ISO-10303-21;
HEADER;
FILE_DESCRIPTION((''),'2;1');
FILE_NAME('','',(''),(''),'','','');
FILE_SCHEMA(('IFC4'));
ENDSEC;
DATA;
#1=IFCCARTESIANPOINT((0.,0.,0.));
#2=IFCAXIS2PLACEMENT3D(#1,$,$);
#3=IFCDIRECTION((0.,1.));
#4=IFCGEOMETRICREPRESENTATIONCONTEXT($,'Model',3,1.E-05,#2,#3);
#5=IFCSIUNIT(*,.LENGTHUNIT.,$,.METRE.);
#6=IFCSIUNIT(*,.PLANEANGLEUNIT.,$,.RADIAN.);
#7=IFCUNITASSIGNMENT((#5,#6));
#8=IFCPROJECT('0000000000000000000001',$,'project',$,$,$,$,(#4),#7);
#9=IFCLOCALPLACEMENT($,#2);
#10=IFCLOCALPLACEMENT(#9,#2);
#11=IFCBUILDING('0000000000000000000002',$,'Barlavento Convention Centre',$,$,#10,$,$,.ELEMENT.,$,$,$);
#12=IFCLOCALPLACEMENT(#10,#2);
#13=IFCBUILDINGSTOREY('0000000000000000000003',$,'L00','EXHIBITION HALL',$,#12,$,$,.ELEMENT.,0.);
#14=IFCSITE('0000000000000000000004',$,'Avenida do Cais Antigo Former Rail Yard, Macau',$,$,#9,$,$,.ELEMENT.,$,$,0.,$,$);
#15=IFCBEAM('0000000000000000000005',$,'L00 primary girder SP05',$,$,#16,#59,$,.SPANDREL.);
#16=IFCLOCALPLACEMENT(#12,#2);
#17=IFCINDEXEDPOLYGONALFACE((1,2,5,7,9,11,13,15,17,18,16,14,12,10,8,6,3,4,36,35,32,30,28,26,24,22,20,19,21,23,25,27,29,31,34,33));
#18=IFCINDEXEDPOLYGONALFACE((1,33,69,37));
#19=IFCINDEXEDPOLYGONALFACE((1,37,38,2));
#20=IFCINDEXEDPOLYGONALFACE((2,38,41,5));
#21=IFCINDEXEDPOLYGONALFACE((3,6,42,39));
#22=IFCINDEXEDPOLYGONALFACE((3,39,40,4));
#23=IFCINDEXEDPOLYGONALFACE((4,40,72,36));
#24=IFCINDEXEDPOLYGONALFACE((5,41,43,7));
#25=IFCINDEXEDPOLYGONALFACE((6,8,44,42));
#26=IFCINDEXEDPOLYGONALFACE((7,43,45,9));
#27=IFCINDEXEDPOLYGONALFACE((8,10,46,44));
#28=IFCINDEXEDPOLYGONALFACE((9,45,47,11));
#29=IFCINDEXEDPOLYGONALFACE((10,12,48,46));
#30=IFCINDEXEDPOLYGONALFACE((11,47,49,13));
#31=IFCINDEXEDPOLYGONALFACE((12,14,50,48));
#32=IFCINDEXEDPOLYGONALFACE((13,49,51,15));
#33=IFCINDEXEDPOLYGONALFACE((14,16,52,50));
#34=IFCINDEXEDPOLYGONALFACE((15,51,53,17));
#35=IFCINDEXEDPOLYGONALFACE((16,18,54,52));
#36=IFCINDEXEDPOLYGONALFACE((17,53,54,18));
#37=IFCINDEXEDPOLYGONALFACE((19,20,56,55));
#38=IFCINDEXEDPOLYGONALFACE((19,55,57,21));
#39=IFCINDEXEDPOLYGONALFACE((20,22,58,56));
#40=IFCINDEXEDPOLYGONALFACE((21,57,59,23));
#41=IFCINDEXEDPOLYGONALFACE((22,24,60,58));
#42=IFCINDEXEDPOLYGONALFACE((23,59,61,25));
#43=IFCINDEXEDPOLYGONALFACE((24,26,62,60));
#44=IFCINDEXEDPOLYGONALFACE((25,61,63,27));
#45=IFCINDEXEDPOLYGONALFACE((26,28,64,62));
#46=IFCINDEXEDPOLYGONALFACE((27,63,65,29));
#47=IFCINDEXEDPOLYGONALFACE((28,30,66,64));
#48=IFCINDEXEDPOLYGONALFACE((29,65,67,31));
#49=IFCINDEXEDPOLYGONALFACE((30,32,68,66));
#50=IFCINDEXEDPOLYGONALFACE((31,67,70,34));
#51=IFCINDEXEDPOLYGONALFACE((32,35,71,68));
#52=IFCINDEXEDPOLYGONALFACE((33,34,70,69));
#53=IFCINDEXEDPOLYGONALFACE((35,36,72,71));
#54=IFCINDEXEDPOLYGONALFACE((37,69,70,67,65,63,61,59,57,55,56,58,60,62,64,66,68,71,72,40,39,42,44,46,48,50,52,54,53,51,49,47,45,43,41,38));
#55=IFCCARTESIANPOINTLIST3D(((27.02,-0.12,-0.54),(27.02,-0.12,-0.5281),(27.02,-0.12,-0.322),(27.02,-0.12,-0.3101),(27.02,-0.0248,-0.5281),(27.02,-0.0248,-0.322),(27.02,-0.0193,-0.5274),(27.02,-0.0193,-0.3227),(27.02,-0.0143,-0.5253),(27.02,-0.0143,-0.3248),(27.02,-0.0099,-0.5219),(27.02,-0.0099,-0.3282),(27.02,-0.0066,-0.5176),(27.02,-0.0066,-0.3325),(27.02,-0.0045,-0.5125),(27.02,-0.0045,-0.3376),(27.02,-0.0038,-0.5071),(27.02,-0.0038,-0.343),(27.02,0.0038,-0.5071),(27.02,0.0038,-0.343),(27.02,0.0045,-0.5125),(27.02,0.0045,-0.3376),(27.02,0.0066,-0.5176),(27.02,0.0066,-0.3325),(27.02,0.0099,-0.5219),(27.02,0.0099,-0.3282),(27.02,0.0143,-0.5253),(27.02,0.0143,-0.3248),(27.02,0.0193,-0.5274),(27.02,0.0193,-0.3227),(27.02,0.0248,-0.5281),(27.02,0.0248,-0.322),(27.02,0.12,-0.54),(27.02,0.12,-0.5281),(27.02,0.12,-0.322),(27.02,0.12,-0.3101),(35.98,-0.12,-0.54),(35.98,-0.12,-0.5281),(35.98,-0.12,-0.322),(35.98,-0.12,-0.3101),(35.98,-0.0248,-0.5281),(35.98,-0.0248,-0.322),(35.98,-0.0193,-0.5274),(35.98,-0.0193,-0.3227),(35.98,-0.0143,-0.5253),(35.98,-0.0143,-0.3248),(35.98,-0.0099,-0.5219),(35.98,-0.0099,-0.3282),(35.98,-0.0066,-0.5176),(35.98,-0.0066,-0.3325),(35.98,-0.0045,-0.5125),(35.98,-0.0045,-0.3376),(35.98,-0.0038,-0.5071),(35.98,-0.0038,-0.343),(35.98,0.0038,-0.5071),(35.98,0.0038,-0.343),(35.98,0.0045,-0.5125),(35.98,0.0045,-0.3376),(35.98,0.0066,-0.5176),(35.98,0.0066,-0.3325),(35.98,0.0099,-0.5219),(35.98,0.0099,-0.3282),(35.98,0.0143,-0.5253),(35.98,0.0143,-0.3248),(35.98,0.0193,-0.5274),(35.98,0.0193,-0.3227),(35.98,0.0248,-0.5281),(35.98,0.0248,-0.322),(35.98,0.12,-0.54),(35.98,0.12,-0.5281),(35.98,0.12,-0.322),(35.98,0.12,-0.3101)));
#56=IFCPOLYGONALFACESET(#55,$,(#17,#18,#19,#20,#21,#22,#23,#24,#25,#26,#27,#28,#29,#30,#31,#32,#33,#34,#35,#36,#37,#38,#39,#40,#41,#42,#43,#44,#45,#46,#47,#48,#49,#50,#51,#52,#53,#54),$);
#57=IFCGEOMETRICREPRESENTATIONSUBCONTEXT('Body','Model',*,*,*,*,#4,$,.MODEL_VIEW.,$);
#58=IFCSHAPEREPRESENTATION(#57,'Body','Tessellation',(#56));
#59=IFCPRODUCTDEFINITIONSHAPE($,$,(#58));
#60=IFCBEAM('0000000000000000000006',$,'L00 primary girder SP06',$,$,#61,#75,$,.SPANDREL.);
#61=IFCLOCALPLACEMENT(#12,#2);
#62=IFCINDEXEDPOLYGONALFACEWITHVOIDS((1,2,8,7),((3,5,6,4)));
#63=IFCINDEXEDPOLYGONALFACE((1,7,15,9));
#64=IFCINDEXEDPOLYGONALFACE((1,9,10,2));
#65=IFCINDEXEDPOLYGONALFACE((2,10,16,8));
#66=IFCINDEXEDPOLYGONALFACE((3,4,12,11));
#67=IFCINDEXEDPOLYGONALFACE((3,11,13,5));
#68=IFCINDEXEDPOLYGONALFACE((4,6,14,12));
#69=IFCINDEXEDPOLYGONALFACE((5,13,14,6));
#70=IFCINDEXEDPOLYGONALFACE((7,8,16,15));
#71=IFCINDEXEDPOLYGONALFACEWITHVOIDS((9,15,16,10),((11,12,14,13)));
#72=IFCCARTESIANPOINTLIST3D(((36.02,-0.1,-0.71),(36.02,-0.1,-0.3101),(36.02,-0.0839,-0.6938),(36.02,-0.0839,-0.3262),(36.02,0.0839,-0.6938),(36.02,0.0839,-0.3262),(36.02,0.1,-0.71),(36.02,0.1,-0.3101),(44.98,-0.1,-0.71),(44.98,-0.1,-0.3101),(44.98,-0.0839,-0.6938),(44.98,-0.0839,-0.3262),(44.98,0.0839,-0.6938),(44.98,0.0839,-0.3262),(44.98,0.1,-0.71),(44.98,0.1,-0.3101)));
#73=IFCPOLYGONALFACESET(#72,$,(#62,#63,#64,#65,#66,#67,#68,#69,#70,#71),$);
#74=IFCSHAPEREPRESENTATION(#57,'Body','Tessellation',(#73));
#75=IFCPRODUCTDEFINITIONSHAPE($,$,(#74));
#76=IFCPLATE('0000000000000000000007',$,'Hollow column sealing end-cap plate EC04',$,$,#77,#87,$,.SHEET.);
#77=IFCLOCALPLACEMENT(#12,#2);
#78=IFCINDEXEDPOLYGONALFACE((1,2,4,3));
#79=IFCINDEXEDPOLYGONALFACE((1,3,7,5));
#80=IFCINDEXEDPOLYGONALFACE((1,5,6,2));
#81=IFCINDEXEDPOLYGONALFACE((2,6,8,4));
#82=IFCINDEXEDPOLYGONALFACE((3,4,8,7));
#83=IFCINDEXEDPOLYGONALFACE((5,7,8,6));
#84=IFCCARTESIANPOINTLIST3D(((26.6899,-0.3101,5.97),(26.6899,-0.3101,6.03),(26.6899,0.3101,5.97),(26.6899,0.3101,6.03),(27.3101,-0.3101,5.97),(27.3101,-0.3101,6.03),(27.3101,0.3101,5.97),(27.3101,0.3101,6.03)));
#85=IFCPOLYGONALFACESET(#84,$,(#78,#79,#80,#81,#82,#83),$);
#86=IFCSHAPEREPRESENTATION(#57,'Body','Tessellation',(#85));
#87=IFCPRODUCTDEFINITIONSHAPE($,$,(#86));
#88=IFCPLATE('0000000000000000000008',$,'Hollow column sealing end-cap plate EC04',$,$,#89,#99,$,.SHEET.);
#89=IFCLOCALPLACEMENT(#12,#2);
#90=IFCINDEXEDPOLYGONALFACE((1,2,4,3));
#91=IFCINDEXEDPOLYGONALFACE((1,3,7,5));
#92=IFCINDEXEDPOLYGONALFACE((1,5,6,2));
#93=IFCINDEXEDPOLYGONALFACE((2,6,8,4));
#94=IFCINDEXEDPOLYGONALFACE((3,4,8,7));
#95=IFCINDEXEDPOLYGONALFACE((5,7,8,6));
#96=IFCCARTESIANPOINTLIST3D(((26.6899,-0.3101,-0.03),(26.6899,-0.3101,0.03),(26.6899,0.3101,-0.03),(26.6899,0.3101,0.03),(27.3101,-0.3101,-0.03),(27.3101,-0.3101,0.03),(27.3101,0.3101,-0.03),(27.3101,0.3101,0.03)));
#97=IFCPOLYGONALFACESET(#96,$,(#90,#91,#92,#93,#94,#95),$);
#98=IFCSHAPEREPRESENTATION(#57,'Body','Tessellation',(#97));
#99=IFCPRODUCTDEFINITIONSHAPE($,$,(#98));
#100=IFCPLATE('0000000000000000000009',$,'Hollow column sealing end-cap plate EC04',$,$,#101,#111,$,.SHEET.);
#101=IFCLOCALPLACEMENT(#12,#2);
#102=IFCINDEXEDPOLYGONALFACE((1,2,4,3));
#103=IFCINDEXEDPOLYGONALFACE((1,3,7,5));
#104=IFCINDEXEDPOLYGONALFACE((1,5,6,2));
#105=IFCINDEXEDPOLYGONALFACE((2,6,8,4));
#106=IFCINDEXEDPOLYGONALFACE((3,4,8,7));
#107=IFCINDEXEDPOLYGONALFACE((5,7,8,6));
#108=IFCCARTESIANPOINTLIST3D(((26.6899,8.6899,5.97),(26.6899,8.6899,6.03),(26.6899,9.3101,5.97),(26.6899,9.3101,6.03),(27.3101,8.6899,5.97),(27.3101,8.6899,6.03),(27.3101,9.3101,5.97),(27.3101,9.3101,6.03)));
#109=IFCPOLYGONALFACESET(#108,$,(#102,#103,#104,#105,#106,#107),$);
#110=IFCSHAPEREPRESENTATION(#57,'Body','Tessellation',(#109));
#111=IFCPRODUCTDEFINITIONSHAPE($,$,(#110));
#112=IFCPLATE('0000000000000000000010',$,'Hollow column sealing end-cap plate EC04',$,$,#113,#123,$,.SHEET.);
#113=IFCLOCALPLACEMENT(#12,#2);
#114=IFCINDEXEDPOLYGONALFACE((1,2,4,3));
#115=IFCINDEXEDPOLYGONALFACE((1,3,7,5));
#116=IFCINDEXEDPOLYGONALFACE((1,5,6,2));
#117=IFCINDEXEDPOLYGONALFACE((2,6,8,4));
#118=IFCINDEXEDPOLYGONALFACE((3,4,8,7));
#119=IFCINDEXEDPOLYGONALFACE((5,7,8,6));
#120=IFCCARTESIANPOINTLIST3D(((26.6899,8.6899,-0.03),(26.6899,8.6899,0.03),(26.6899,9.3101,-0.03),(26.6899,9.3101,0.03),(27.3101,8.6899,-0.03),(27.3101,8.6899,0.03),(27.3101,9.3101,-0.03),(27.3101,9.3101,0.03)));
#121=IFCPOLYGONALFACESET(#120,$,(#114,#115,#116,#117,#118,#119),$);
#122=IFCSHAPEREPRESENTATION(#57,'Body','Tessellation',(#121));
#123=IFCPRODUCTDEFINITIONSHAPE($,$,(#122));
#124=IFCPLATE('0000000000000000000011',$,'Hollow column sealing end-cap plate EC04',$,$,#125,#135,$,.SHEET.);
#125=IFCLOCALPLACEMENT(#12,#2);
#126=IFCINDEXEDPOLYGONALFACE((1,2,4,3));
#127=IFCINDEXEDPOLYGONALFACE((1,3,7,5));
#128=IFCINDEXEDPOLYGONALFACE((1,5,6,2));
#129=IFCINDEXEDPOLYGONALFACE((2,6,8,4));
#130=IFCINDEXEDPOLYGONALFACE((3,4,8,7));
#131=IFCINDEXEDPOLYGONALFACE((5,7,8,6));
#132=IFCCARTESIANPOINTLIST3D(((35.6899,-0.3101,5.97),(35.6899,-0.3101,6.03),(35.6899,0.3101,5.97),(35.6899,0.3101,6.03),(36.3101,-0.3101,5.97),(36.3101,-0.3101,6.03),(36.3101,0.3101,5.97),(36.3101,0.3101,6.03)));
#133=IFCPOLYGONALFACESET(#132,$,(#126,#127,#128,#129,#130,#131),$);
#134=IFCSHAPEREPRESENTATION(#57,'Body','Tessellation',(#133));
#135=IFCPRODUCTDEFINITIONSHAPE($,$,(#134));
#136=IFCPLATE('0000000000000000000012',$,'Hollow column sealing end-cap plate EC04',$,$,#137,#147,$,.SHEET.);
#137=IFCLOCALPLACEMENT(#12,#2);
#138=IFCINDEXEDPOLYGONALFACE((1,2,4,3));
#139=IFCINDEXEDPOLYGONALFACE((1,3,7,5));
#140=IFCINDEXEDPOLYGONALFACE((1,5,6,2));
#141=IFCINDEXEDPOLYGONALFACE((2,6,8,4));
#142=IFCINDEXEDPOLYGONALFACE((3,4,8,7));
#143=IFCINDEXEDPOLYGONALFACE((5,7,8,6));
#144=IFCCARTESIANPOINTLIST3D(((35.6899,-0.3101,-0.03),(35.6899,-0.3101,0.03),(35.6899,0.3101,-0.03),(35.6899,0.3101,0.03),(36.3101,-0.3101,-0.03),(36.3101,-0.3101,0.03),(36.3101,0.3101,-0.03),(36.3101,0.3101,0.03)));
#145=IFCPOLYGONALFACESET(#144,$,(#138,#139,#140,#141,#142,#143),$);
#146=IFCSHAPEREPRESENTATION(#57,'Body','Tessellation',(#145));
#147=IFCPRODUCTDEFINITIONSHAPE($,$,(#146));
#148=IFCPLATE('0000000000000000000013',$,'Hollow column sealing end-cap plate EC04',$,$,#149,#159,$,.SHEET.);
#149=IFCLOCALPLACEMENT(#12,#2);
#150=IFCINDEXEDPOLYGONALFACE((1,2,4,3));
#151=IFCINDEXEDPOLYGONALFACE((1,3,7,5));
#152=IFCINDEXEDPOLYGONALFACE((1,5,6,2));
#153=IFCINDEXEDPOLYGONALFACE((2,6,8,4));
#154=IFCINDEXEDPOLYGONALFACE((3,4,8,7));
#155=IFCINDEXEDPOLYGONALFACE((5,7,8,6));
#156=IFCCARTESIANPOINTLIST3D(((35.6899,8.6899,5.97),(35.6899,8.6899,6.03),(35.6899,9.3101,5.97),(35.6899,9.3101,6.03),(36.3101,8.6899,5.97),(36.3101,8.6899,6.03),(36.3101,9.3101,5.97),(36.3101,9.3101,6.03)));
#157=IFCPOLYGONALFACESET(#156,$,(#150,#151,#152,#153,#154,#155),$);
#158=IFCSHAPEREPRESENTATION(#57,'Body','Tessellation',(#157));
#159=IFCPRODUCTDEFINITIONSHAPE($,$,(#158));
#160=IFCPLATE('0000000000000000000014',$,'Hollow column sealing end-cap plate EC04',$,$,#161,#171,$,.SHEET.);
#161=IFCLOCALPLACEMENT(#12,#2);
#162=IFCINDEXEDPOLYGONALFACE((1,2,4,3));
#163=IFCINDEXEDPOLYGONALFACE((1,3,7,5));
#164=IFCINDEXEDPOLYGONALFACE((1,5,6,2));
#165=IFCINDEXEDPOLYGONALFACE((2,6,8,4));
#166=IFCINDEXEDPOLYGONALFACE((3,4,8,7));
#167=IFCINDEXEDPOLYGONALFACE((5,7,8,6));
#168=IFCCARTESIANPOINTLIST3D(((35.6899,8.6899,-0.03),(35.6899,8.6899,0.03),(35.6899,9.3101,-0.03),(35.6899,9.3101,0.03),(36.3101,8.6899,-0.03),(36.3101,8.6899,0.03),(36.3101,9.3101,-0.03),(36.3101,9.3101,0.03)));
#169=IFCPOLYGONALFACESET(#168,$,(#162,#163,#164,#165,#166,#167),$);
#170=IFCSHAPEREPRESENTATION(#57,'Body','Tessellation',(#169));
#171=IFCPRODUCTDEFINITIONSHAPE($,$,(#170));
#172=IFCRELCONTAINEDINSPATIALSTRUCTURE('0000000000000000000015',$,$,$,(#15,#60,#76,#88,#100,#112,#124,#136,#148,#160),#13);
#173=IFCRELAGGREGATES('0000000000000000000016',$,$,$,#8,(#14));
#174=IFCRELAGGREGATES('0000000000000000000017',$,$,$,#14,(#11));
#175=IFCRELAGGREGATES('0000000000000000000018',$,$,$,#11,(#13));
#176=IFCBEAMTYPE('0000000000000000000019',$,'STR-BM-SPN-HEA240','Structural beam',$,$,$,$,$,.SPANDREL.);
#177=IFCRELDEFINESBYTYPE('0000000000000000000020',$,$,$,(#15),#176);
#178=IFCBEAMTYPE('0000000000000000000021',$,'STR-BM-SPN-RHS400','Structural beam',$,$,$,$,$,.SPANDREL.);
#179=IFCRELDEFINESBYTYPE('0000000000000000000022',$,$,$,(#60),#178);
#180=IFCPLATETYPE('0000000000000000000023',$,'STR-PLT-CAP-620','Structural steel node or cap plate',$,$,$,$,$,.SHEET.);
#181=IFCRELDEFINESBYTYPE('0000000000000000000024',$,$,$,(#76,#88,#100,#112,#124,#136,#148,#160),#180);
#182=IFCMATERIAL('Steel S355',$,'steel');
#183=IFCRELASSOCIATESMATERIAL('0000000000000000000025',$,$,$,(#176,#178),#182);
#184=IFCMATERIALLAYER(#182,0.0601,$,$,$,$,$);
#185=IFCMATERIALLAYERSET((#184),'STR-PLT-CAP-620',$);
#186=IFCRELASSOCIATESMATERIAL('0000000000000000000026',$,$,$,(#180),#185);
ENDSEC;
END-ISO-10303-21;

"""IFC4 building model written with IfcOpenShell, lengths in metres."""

from ifc_helpers import new_model, si_unit, direction, frame, origin, origin_2d, place, context, subcontext, project, spatial, rectangle, hollow_rectangle, i_section, extrude, material, layer, layer_set, material_profile, profile_set, type_object, element, save


model = new_model("IFC4")

# Units and contexts
model_context = context("Model", 3, precision=1e-05, world=origin(), true_north=direction((0.0, 1.0)))
body_context = subcontext(model_context, "Body", "Model", "MODEL_VIEW")
ifc_project = project(units=[si_unit("LENGTHUNIT", "METRE"), si_unit("PLANEANGLEUNIT", "RADIAN")], contexts=[model_context])

# Site, building, storey
site_placement = place(None, origin())
site = spatial("IfcSite", under=ifc_project, at=site_placement, Name="Avenida do Cais Antigo Former Rail Yard, Macau", CompositionType="ELEMENT", RefElevation=0.0)
building_placement = place(site_placement, origin())
building = spatial("IfcBuilding", under=site, at=building_placement, Name="Barlavento Convention Centre", CompositionType="ELEMENT")
storey_placement = place(building_placement, origin())
storey = spatial("IfcBuildingStorey", under=building, at=storey_placement, Name="L00", Description="EXHIBITION HALL", CompositionType="ELEMENT", Elevation=0.0)

# Beams
ifc_material_1 = material(Name="Steel S355", Category="steel")
ifc_material_profile_1 = material_profile(ifc_material_1, i_section(OverallWidth=0.24, OverallDepth=0.23, WebThickness=0.0076, FlangeThickness=0.012, FilletRadius=0.021, at=origin_2d()), Name="HEA 240")
ifc_profile_set_1 = profile_set([ifc_material_profile_1], Name="Steel S355")
beam_type_1 = type_object("IfcBeamType", Name="STR-BM-SPN-HEA240", Description="Structural beam", PredefinedType="SPANDREL", material=ifc_profile_set_1)
beam_1_placement = place(storey_placement, frame((27.02, 0.0, -0.425), z_axis=(1.0, 0.0, 0.0), x_axis=(0.0, 1.0, 0.0)))
element("IfcBeam", 1, at=beam_1_placement, inside=storey, type_object=beam_type_1, Name="L00 primary girder SP05", PredefinedType="SPANDREL", context=body_context, shape_type="SweptSolid", body=[
    extrude(i_section(OverallWidth=0.24, OverallDepth=0.23, WebThickness=0.0076, FlangeThickness=0.012, FilletRadius=0.021, at=origin_2d()), origin(), (0.0, 0.0, 1.0), 8.96),
])
ifc_material_profile_2 = material_profile(ifc_material_1, hollow_rectangle(XDim=0.2, YDim=0.3999, WallThickness=0.0161, at=origin_2d()), Name="RHS 400x200x16.0")
ifc_profile_set_2 = profile_set([ifc_material_profile_2], Name="Steel S355")
beam_type_2 = type_object("IfcBeamType", Name="STR-BM-SPN-RHS400", Description="Structural beam", PredefinedType="SPANDREL", material=ifc_profile_set_2)
beam_2_placement = place(storey_placement, frame((36.02, 0.0, -0.51), z_axis=(1.0, 0.0, 0.0), x_axis=(0.0, 1.0, 0.0)))
element("IfcBeam", 2, at=beam_2_placement, inside=storey, type_object=beam_type_2, Name="L00 primary girder SP06", PredefinedType="SPANDREL", context=body_context, shape_type="SweptSolid", body=[
    extrude(hollow_rectangle(XDim=0.2, YDim=0.3999, WallThickness=0.0161, at=origin_2d()), origin(), (0.0, 0.0, 1.0), 8.96),
])

# Plates
ifc_layer_1 = layer(ifc_material_1, 0.0601)
ifc_layer_set_1 = layer_set([ifc_layer_1], Name="STR-PLT-CAP-620")
plate_type = type_object("IfcPlateType", Name="STR-PLT-CAP-620", Description="Structural steel node or cap plate", PredefinedType="SHEET", material=ifc_layer_set_1)
for number, where, z_axis, x_axis, name in (
    (3, (27.0, 0.0, 5.97), (0.0, 0.0, 1.0), (1.0, 0.0, 0.0), "Hollow column sealing end-cap plate EC04"),
    (4, (27.0, 0.0, -0.03), (0.0, 0.0, 1.0), (1.0, 0.0, 0.0), "Hollow column sealing end-cap plate EC04"),
    (5, (27.0, 9.0, 5.97), (0.0, 0.0, 1.0), (1.0, 0.0, 0.0), "Hollow column sealing end-cap plate EC04"),
    (6, (27.0, 9.0, -0.03), (0.0, 0.0, 1.0), (1.0, 0.0, 0.0), "Hollow column sealing end-cap plate EC04"),
    (7, (36.0, 0.0, 5.97), (0.0, 0.0, 1.0), (1.0, 0.0, 0.0), "Hollow column sealing end-cap plate EC04"),
    (8, (36.0, 0.0, -0.03), (0.0, 0.0, 1.0), (1.0, 0.0, 0.0), "Hollow column sealing end-cap plate EC04"),
    (9, (36.0, 9.0, 5.97), (0.0, 0.0, 1.0), (1.0, 0.0, 0.0), "Hollow column sealing end-cap plate EC04"),
    (10, (36.0, 9.0, -0.03), (0.0, 0.0, 1.0), (1.0, 0.0, 0.0), "Hollow column sealing end-cap plate EC04"),
):
    element("IfcPlate", number, at=place(storey_placement, frame(where, z_axis=z_axis, x_axis=x_axis)), inside=storey, type_object=plate_type, Name=name, PredefinedType="SHEET", context=body_context, shape_type="SweptSolid", body=[
        extrude(rectangle(XDim=0.6201, YDim=0.6201, at=origin_2d()), origin(), (0.0, 0.0, 1.0), 0.0601),
    ])

save(model, "model.ifc")
